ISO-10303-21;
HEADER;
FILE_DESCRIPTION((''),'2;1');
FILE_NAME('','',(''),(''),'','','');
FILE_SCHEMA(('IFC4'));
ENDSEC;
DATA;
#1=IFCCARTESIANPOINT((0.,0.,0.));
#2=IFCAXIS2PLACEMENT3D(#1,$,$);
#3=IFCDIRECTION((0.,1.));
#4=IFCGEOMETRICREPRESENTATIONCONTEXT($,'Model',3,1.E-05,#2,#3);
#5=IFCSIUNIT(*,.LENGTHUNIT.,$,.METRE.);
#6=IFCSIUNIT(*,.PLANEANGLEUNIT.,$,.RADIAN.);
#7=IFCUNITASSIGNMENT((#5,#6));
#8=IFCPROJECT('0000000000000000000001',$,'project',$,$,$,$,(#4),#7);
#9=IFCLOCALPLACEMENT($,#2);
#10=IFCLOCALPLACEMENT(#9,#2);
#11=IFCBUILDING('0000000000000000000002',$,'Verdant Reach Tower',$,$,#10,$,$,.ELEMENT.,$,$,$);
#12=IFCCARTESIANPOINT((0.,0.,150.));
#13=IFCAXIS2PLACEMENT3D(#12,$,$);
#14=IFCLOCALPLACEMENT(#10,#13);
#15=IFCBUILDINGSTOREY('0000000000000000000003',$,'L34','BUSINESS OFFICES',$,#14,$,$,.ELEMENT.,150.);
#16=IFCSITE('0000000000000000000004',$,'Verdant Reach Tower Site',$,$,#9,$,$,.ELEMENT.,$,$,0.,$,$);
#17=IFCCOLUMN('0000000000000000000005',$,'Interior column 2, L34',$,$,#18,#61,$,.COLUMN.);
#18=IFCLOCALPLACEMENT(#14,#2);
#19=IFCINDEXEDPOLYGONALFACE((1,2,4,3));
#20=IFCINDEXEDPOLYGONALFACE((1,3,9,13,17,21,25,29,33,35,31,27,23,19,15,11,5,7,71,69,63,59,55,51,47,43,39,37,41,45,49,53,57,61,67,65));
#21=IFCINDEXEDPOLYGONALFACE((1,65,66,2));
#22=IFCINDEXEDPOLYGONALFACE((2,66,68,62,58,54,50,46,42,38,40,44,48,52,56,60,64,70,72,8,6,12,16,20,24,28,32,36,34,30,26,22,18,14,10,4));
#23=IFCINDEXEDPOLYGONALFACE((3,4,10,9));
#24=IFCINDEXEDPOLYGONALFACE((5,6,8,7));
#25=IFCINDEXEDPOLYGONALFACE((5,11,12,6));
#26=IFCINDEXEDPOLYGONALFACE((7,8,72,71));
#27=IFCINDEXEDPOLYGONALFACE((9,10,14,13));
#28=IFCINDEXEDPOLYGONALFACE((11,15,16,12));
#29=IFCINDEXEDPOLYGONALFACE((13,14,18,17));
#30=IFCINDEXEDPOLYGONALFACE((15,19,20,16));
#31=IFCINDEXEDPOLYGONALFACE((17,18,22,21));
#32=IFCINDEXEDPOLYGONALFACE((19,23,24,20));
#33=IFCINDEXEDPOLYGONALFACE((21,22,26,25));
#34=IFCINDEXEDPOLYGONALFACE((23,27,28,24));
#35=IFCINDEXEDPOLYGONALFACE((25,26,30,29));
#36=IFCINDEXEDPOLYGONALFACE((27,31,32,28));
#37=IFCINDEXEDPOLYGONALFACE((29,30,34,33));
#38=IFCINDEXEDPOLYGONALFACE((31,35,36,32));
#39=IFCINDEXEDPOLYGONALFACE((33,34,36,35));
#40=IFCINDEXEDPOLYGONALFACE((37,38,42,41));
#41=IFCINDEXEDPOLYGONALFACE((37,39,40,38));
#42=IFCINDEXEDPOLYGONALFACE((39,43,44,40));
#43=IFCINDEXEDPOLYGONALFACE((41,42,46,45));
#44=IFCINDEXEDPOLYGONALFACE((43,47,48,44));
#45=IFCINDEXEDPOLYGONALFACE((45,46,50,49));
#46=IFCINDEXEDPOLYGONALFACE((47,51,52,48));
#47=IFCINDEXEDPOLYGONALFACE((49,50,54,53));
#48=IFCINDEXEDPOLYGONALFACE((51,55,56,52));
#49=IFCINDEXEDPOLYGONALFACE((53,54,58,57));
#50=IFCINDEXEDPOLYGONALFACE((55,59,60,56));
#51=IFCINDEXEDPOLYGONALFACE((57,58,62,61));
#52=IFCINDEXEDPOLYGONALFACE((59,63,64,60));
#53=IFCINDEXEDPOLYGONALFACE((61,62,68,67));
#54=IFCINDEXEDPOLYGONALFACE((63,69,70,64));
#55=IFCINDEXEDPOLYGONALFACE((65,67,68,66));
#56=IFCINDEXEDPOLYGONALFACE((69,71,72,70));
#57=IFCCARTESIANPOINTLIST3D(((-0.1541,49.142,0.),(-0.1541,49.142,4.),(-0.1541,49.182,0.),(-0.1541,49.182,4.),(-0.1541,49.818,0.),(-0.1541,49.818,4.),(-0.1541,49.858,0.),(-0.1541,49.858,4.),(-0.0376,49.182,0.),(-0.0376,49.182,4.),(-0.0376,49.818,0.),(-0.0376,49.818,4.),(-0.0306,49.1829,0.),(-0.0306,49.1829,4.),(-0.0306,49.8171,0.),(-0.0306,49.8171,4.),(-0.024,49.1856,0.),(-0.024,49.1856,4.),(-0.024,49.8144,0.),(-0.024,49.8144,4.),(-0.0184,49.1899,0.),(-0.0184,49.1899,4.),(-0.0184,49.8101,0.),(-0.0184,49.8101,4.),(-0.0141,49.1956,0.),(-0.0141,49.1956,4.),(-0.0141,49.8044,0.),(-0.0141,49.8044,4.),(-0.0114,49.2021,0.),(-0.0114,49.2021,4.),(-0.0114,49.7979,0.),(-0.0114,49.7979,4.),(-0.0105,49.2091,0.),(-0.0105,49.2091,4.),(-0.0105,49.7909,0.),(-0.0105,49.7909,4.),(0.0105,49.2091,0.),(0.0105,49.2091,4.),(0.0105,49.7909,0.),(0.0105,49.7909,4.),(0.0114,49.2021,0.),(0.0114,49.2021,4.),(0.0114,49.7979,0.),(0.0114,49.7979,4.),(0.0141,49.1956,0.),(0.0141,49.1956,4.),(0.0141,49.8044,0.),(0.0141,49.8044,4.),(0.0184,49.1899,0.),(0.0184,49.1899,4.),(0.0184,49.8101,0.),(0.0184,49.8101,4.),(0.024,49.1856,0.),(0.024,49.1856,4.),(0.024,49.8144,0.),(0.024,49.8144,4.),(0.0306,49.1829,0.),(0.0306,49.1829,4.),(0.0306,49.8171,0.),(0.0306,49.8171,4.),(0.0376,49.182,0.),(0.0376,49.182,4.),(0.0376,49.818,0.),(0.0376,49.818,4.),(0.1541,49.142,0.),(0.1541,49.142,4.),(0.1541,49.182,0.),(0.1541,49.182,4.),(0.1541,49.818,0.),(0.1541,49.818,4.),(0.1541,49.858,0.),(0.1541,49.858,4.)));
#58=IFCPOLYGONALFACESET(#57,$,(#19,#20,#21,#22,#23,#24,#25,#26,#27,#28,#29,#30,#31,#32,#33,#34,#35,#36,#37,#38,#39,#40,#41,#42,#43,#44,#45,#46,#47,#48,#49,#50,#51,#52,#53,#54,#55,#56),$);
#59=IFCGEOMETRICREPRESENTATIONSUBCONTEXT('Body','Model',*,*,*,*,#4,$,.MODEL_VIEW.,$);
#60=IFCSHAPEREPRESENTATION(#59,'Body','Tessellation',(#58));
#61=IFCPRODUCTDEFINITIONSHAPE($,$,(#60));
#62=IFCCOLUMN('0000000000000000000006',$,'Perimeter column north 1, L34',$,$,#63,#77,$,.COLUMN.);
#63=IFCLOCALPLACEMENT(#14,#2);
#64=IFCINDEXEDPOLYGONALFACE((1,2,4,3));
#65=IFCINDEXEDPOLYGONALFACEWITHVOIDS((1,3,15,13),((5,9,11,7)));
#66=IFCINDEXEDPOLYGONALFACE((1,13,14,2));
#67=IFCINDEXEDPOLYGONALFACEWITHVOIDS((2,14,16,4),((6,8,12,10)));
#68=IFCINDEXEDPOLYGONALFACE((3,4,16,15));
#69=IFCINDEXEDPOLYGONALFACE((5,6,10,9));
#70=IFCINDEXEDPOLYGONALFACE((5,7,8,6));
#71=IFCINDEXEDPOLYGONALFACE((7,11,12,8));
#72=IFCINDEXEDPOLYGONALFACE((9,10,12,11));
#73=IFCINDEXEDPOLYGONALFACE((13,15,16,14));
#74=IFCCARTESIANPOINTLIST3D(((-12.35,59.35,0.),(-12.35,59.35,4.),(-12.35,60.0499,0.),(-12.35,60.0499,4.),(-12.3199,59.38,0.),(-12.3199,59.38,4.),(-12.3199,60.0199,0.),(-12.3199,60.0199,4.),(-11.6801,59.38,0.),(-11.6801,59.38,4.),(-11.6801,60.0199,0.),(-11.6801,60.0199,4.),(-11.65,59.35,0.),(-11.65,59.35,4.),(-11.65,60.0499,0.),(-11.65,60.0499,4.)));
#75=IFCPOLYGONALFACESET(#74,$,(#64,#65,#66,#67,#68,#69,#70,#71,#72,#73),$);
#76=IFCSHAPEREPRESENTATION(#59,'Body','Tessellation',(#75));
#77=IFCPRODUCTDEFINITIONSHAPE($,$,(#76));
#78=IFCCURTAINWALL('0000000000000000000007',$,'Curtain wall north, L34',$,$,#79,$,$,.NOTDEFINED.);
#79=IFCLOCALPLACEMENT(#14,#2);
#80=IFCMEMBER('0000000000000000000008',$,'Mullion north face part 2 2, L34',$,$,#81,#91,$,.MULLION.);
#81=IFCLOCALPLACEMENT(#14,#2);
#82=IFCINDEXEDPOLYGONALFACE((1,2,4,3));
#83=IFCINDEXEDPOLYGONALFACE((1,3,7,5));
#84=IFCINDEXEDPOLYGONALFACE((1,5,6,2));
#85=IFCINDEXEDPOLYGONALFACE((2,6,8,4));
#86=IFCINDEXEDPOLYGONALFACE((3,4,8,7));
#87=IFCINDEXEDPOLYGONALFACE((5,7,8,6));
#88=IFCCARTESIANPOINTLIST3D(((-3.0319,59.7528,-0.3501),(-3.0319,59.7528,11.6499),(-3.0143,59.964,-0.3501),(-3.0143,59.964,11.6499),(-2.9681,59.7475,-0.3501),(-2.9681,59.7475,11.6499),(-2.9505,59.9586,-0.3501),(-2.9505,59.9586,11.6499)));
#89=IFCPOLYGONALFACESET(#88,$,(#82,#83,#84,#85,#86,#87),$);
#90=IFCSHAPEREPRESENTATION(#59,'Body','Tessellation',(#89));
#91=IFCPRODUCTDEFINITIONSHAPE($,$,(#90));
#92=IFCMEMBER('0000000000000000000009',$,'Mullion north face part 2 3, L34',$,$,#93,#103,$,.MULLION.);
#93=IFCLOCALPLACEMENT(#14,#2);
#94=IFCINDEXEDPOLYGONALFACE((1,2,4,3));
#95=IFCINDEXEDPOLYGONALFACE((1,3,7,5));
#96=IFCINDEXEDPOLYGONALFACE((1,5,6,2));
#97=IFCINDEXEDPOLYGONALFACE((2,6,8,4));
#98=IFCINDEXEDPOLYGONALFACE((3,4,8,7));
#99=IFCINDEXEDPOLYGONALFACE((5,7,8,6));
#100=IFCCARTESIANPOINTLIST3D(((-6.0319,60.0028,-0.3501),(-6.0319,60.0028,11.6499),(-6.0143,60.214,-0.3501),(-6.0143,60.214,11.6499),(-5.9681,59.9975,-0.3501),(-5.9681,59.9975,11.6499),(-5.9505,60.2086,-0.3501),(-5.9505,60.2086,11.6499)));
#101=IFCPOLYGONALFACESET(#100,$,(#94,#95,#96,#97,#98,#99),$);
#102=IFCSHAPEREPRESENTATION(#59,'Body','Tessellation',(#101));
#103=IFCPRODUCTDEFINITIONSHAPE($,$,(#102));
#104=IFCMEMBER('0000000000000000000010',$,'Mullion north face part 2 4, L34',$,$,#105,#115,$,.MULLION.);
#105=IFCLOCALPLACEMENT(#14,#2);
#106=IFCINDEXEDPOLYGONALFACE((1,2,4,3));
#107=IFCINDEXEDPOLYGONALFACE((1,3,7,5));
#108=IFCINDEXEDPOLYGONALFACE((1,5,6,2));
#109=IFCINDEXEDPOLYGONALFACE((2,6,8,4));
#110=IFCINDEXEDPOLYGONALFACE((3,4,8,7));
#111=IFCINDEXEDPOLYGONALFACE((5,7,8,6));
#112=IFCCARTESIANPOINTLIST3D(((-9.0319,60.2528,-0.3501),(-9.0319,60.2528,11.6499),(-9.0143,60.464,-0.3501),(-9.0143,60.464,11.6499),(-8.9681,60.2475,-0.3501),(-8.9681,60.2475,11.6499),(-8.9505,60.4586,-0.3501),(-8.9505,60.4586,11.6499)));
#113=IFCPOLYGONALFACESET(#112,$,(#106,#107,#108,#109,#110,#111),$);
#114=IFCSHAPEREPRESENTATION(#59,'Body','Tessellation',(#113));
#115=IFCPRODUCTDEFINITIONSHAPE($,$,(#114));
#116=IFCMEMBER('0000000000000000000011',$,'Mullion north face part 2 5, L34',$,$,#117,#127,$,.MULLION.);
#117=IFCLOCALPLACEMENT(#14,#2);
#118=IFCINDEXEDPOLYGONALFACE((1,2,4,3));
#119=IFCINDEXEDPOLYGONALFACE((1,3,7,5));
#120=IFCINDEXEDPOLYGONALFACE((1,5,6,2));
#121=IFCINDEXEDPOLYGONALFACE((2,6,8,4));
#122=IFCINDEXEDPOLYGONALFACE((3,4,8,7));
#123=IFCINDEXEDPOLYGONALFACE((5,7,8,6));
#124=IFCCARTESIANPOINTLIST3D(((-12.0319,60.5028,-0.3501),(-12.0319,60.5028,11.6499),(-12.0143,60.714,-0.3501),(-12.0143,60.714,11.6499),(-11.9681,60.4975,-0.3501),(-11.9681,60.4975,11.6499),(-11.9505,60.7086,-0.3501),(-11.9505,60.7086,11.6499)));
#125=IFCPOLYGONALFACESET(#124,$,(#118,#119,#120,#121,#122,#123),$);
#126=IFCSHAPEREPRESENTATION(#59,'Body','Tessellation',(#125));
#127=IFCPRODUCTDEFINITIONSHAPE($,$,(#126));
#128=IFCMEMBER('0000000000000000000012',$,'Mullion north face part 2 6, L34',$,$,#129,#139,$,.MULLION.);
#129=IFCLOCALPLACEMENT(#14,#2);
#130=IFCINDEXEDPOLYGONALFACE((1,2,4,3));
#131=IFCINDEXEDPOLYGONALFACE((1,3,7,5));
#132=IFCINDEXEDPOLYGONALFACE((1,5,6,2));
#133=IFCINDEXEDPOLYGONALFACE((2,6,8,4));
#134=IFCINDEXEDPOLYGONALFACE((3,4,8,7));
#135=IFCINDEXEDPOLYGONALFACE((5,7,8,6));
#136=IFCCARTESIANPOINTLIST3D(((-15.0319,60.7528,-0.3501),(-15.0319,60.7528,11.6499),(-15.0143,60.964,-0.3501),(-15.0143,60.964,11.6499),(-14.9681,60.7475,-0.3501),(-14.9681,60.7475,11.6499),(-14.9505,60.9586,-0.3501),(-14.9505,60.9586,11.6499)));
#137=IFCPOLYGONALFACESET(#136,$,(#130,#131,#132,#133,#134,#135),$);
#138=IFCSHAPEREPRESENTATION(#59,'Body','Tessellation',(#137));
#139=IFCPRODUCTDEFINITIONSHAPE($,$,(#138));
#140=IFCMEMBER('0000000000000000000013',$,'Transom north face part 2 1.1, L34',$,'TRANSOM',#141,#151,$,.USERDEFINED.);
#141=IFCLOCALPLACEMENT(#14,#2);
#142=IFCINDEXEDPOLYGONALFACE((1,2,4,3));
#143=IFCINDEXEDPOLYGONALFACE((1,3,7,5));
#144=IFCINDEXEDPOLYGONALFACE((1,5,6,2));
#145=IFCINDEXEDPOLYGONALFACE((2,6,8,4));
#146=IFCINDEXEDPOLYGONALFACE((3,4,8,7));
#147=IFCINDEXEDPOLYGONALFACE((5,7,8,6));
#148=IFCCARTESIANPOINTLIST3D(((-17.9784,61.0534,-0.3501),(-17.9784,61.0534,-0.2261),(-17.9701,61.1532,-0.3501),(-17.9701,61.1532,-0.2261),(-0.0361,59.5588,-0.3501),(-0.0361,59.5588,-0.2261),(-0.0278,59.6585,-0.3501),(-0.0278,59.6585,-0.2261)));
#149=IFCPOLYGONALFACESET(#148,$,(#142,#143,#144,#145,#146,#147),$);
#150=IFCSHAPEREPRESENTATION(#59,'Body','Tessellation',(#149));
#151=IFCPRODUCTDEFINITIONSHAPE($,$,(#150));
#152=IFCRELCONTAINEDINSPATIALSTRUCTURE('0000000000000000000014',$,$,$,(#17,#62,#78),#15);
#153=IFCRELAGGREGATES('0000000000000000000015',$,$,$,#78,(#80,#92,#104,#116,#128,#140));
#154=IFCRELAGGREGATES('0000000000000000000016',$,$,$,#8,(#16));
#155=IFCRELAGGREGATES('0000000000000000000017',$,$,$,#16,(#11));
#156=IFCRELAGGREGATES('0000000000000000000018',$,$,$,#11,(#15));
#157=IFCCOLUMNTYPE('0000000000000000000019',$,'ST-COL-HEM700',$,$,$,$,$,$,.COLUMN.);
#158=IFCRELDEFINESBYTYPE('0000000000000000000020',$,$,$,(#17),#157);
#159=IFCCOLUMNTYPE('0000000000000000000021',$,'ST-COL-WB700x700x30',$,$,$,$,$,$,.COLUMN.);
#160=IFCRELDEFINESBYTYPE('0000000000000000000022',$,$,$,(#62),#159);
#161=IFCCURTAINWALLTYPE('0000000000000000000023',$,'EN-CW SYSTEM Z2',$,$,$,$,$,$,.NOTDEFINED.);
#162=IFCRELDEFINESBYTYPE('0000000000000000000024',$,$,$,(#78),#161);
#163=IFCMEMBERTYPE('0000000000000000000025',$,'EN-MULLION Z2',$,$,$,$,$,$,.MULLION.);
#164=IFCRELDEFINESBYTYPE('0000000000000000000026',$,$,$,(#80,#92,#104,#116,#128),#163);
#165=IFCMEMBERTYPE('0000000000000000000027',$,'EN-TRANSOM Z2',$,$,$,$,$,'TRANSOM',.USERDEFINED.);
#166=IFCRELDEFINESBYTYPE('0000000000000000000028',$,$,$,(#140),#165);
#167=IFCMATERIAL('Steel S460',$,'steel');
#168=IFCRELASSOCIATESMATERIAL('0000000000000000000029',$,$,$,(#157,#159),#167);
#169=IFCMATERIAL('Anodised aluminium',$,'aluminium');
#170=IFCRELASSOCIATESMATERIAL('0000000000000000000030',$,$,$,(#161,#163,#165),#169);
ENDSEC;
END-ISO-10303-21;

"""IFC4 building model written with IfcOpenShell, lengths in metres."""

from ifc_helpers import new_model, si_unit, direction, frame, origin, origin_2d, place, context, subcontext, project, spatial, rectangle, hollow_rectangle, i_section, extrude, material, material_profile, profile_set, type_object, element, aggregate, save


model = new_model("IFC4")

# Units and contexts
model_context = context("Model", 3, precision=1e-05, world=origin(), true_north=direction((0.0, 1.0)))
body_context = subcontext(model_context, "Body", "Model", "MODEL_VIEW")
ifc_project = project(units=[si_unit("LENGTHUNIT", "METRE"), si_unit("PLANEANGLEUNIT", "RADIAN")], contexts=[model_context])

# Site, building, storey
site_placement = place(None, origin())
site = spatial("IfcSite", under=ifc_project, at=site_placement, Name="Verdant Reach Tower Site", CompositionType="ELEMENT", RefElevation=0.0)
building_placement = place(site_placement, origin())
building = spatial("IfcBuilding", under=site, at=building_placement, Name="Verdant Reach Tower", CompositionType="ELEMENT")
storey_placement = place(building_placement, frame((0.0, 0.0, 150.0)))
storey = spatial("IfcBuildingStorey", under=building, at=storey_placement, Name="L34", Description="BUSINESS OFFICES", CompositionType="ELEMENT", Elevation=150.0)

# Columns
ifc_material_1 = material(Name="Steel S460", Category="steel")
ifc_material_profile_1 = material_profile(ifc_material_1, i_section(OverallWidth=0.3081, OverallDepth=0.7161, WebThickness=0.021, FlangeThickness=0.04, FilletRadius=0.0271, at=origin_2d()), Name="HEM 700")
ifc_profile_set_1 = profile_set([ifc_material_profile_1], Name="Steel S460")
column_type_1 = type_object("IfcColumnType", Name="ST-COL-HEM700", PredefinedType="COLUMN", material=ifc_profile_set_1)
column_1_placement = place(storey_placement, frame((0.0, 49.5, 0.0), z_axis=(0.0, 0.0, 1.0), x_axis=(1.0, 0.0, 0.0)))
element("IfcColumn", 1, at=column_1_placement, inside=storey, type_object=column_type_1, Name="Interior column 2, L34", PredefinedType="COLUMN", context=body_context, shape_type="SweptSolid", body=[
    extrude(i_section(OverallWidth=0.3081, OverallDepth=0.7161, WebThickness=0.021, FlangeThickness=0.04, FilletRadius=0.0271, at=origin_2d()), origin(), (0.0, 0.0, 1.0), 4.0),
])
ifc_material_profile_2 = material_profile(ifc_material_1, hollow_rectangle(XDim=0.7, YDim=0.7, WallThickness=0.03, at=origin_2d()), Name="WB 700x700x30")
ifc_profile_set_2 = profile_set([ifc_material_profile_2], Name="Steel S460")
column_type_2 = type_object("IfcColumnType", Name="ST-COL-WB700x700x30", PredefinedType="COLUMN", material=ifc_profile_set_2)
column_2_placement = place(storey_placement, frame((-12.0, 59.7, 0.0), z_axis=(0.0, 0.0, 1.0), x_axis=(1.0, 0.0, 0.0)))
element("IfcColumn", 2, at=column_2_placement, inside=storey, type_object=column_type_2, Name="Perimeter column north 1, L34", PredefinedType="COLUMN", context=body_context, shape_type="SweptSolid", body=[
    extrude(hollow_rectangle(XDim=0.7, YDim=0.7, WallThickness=0.03, at=origin_2d()), origin(), (0.0, 0.0, 1.0), 4.0),
])

# Curtain wall, members
ifc_material_2 = material(Name="Anodised aluminium", Category="aluminium")
curtain_wall_type = type_object("IfcCurtainWallType", Name="EN-CW SYSTEM Z2", PredefinedType="NOTDEFINED", material=ifc_material_2)
curtain_wall_placement = place(storey_placement, origin())
curtain_wall = element("IfcCurtainWall", 3, at=curtain_wall_placement, inside=storey, type_object=curtain_wall_type, Name="Curtain wall north, L34", PredefinedType="NOTDEFINED")
ifc_material_profile_3 = material_profile(ifc_material_2, rectangle(XDim=0.2119, YDim=0.064, at=origin_2d()), Name="Mullion 64x212")
ifc_profile_set_3 = profile_set([ifc_material_profile_3], Name="Anodised aluminium")
member_type_1 = type_object("IfcMemberType", Name="EN-MULLION Z2", PredefinedType="MULLION", material=ifc_profile_set_3)
member_1_placement = place(storey_placement, frame((-2.9912, 59.8557, -0.3501), z_axis=(0.0, 0.0, 1.0), x_axis=(0.083045, 0.996546, 0.0)))
member_1 = element("IfcMember", 4, at=member_1_placement, type_object=member_type_1, Name="Mullion north face part 2 2, L34", PredefinedType="MULLION", context=body_context, shape_type="SweptSolid", body=[
    extrude(rectangle(XDim=0.2119, YDim=0.064, at=origin_2d()), origin(), (0.0, 0.0, 1.0), 12.0),
])
member_2_placement = place(storey_placement, frame((-5.9912, 60.1057, -0.3501), z_axis=(0.0, 0.0, 1.0), x_axis=(0.083045, 0.996546, 0.0)))
member_2 = element("IfcMember", 5, at=member_2_placement, type_object=member_type_1, Name="Mullion north face part 2 3, L34", PredefinedType="MULLION", context=body_context, shape_type="SweptSolid", body=[
    extrude(rectangle(XDim=0.2119, YDim=0.064, at=origin_2d()), origin(), (0.0, 0.0, 1.0), 12.0),
])
member_3_placement = place(storey_placement, frame((-8.9912, 60.3557, -0.3501), z_axis=(0.0, 0.0, 1.0), x_axis=(0.083045, 0.996546, 0.0)))
member_3 = element("IfcMember", 6, at=member_3_placement, type_object=member_type_1, Name="Mullion north face part 2 4, L34", PredefinedType="MULLION", context=body_context, shape_type="SweptSolid", body=[
    extrude(rectangle(XDim=0.2119, YDim=0.064, at=origin_2d()), origin(), (0.0, 0.0, 1.0), 12.0),
])
member_4_placement = place(storey_placement, frame((-11.9912, 60.6057, -0.3501), z_axis=(0.0, 0.0, 1.0), x_axis=(0.083045, 0.996546, 0.0)))
member_4 = element("IfcMember", 7, at=member_4_placement, type_object=member_type_1, Name="Mullion north face part 2 5, L34", PredefinedType="MULLION", context=body_context, shape_type="SweptSolid", body=[
    extrude(rectangle(XDim=0.2119, YDim=0.064, at=origin_2d()), origin(), (0.0, 0.0, 1.0), 12.0),
])
member_5_placement = place(storey_placement, frame((-14.9912, 60.8557, -0.3501), z_axis=(0.0, 0.0, 1.0), x_axis=(0.083045, 0.996546, 0.0)))
member_5 = element("IfcMember", 8, at=member_5_placement, type_object=member_type_1, Name="Mullion north face part 2 6, L34", PredefinedType="MULLION", context=body_context, shape_type="SweptSolid", body=[
    extrude(rectangle(XDim=0.2119, YDim=0.064, at=origin_2d()), origin(), (0.0, 0.0, 1.0), 12.0),
])
ifc_material_profile_4 = material_profile(ifc_material_2, rectangle(XDim=0.1001, YDim=0.124, at=origin_2d()), Name="Transom 124x100")
ifc_profile_set_4 = profile_set([ifc_material_profile_4], Name="Anodised aluminium")
member_type_2 = type_object("IfcMemberType", Name="EN-TRANSOM Z2", ElementType="TRANSOM", PredefinedType="USERDEFINED", material=ifc_profile_set_4)
member_6_placement = place(storey_placement, frame((-0.032, 59.6086, -0.2881), z_axis=(-0.996548, 0.083015, 0.0), x_axis=(-0.083015, -0.996548, 0.0)))
member_6 = element("IfcMember", 9, at=member_6_placement, type_object=member_type_2, Name="Transom north face part 2 1.1, L34", ObjectType="TRANSOM", PredefinedType="USERDEFINED", context=body_context, shape_type="SweptSolid", body=[
    extrude(rectangle(XDim=0.1001, YDim=0.124, at=origin_2d()), origin(), (0.0, 0.0, 1.0), 18.0044),
])

aggregate(curtain_wall, [member_1, member_2, member_3, member_4, member_5, member_6])

save(model, "model.ifc")
